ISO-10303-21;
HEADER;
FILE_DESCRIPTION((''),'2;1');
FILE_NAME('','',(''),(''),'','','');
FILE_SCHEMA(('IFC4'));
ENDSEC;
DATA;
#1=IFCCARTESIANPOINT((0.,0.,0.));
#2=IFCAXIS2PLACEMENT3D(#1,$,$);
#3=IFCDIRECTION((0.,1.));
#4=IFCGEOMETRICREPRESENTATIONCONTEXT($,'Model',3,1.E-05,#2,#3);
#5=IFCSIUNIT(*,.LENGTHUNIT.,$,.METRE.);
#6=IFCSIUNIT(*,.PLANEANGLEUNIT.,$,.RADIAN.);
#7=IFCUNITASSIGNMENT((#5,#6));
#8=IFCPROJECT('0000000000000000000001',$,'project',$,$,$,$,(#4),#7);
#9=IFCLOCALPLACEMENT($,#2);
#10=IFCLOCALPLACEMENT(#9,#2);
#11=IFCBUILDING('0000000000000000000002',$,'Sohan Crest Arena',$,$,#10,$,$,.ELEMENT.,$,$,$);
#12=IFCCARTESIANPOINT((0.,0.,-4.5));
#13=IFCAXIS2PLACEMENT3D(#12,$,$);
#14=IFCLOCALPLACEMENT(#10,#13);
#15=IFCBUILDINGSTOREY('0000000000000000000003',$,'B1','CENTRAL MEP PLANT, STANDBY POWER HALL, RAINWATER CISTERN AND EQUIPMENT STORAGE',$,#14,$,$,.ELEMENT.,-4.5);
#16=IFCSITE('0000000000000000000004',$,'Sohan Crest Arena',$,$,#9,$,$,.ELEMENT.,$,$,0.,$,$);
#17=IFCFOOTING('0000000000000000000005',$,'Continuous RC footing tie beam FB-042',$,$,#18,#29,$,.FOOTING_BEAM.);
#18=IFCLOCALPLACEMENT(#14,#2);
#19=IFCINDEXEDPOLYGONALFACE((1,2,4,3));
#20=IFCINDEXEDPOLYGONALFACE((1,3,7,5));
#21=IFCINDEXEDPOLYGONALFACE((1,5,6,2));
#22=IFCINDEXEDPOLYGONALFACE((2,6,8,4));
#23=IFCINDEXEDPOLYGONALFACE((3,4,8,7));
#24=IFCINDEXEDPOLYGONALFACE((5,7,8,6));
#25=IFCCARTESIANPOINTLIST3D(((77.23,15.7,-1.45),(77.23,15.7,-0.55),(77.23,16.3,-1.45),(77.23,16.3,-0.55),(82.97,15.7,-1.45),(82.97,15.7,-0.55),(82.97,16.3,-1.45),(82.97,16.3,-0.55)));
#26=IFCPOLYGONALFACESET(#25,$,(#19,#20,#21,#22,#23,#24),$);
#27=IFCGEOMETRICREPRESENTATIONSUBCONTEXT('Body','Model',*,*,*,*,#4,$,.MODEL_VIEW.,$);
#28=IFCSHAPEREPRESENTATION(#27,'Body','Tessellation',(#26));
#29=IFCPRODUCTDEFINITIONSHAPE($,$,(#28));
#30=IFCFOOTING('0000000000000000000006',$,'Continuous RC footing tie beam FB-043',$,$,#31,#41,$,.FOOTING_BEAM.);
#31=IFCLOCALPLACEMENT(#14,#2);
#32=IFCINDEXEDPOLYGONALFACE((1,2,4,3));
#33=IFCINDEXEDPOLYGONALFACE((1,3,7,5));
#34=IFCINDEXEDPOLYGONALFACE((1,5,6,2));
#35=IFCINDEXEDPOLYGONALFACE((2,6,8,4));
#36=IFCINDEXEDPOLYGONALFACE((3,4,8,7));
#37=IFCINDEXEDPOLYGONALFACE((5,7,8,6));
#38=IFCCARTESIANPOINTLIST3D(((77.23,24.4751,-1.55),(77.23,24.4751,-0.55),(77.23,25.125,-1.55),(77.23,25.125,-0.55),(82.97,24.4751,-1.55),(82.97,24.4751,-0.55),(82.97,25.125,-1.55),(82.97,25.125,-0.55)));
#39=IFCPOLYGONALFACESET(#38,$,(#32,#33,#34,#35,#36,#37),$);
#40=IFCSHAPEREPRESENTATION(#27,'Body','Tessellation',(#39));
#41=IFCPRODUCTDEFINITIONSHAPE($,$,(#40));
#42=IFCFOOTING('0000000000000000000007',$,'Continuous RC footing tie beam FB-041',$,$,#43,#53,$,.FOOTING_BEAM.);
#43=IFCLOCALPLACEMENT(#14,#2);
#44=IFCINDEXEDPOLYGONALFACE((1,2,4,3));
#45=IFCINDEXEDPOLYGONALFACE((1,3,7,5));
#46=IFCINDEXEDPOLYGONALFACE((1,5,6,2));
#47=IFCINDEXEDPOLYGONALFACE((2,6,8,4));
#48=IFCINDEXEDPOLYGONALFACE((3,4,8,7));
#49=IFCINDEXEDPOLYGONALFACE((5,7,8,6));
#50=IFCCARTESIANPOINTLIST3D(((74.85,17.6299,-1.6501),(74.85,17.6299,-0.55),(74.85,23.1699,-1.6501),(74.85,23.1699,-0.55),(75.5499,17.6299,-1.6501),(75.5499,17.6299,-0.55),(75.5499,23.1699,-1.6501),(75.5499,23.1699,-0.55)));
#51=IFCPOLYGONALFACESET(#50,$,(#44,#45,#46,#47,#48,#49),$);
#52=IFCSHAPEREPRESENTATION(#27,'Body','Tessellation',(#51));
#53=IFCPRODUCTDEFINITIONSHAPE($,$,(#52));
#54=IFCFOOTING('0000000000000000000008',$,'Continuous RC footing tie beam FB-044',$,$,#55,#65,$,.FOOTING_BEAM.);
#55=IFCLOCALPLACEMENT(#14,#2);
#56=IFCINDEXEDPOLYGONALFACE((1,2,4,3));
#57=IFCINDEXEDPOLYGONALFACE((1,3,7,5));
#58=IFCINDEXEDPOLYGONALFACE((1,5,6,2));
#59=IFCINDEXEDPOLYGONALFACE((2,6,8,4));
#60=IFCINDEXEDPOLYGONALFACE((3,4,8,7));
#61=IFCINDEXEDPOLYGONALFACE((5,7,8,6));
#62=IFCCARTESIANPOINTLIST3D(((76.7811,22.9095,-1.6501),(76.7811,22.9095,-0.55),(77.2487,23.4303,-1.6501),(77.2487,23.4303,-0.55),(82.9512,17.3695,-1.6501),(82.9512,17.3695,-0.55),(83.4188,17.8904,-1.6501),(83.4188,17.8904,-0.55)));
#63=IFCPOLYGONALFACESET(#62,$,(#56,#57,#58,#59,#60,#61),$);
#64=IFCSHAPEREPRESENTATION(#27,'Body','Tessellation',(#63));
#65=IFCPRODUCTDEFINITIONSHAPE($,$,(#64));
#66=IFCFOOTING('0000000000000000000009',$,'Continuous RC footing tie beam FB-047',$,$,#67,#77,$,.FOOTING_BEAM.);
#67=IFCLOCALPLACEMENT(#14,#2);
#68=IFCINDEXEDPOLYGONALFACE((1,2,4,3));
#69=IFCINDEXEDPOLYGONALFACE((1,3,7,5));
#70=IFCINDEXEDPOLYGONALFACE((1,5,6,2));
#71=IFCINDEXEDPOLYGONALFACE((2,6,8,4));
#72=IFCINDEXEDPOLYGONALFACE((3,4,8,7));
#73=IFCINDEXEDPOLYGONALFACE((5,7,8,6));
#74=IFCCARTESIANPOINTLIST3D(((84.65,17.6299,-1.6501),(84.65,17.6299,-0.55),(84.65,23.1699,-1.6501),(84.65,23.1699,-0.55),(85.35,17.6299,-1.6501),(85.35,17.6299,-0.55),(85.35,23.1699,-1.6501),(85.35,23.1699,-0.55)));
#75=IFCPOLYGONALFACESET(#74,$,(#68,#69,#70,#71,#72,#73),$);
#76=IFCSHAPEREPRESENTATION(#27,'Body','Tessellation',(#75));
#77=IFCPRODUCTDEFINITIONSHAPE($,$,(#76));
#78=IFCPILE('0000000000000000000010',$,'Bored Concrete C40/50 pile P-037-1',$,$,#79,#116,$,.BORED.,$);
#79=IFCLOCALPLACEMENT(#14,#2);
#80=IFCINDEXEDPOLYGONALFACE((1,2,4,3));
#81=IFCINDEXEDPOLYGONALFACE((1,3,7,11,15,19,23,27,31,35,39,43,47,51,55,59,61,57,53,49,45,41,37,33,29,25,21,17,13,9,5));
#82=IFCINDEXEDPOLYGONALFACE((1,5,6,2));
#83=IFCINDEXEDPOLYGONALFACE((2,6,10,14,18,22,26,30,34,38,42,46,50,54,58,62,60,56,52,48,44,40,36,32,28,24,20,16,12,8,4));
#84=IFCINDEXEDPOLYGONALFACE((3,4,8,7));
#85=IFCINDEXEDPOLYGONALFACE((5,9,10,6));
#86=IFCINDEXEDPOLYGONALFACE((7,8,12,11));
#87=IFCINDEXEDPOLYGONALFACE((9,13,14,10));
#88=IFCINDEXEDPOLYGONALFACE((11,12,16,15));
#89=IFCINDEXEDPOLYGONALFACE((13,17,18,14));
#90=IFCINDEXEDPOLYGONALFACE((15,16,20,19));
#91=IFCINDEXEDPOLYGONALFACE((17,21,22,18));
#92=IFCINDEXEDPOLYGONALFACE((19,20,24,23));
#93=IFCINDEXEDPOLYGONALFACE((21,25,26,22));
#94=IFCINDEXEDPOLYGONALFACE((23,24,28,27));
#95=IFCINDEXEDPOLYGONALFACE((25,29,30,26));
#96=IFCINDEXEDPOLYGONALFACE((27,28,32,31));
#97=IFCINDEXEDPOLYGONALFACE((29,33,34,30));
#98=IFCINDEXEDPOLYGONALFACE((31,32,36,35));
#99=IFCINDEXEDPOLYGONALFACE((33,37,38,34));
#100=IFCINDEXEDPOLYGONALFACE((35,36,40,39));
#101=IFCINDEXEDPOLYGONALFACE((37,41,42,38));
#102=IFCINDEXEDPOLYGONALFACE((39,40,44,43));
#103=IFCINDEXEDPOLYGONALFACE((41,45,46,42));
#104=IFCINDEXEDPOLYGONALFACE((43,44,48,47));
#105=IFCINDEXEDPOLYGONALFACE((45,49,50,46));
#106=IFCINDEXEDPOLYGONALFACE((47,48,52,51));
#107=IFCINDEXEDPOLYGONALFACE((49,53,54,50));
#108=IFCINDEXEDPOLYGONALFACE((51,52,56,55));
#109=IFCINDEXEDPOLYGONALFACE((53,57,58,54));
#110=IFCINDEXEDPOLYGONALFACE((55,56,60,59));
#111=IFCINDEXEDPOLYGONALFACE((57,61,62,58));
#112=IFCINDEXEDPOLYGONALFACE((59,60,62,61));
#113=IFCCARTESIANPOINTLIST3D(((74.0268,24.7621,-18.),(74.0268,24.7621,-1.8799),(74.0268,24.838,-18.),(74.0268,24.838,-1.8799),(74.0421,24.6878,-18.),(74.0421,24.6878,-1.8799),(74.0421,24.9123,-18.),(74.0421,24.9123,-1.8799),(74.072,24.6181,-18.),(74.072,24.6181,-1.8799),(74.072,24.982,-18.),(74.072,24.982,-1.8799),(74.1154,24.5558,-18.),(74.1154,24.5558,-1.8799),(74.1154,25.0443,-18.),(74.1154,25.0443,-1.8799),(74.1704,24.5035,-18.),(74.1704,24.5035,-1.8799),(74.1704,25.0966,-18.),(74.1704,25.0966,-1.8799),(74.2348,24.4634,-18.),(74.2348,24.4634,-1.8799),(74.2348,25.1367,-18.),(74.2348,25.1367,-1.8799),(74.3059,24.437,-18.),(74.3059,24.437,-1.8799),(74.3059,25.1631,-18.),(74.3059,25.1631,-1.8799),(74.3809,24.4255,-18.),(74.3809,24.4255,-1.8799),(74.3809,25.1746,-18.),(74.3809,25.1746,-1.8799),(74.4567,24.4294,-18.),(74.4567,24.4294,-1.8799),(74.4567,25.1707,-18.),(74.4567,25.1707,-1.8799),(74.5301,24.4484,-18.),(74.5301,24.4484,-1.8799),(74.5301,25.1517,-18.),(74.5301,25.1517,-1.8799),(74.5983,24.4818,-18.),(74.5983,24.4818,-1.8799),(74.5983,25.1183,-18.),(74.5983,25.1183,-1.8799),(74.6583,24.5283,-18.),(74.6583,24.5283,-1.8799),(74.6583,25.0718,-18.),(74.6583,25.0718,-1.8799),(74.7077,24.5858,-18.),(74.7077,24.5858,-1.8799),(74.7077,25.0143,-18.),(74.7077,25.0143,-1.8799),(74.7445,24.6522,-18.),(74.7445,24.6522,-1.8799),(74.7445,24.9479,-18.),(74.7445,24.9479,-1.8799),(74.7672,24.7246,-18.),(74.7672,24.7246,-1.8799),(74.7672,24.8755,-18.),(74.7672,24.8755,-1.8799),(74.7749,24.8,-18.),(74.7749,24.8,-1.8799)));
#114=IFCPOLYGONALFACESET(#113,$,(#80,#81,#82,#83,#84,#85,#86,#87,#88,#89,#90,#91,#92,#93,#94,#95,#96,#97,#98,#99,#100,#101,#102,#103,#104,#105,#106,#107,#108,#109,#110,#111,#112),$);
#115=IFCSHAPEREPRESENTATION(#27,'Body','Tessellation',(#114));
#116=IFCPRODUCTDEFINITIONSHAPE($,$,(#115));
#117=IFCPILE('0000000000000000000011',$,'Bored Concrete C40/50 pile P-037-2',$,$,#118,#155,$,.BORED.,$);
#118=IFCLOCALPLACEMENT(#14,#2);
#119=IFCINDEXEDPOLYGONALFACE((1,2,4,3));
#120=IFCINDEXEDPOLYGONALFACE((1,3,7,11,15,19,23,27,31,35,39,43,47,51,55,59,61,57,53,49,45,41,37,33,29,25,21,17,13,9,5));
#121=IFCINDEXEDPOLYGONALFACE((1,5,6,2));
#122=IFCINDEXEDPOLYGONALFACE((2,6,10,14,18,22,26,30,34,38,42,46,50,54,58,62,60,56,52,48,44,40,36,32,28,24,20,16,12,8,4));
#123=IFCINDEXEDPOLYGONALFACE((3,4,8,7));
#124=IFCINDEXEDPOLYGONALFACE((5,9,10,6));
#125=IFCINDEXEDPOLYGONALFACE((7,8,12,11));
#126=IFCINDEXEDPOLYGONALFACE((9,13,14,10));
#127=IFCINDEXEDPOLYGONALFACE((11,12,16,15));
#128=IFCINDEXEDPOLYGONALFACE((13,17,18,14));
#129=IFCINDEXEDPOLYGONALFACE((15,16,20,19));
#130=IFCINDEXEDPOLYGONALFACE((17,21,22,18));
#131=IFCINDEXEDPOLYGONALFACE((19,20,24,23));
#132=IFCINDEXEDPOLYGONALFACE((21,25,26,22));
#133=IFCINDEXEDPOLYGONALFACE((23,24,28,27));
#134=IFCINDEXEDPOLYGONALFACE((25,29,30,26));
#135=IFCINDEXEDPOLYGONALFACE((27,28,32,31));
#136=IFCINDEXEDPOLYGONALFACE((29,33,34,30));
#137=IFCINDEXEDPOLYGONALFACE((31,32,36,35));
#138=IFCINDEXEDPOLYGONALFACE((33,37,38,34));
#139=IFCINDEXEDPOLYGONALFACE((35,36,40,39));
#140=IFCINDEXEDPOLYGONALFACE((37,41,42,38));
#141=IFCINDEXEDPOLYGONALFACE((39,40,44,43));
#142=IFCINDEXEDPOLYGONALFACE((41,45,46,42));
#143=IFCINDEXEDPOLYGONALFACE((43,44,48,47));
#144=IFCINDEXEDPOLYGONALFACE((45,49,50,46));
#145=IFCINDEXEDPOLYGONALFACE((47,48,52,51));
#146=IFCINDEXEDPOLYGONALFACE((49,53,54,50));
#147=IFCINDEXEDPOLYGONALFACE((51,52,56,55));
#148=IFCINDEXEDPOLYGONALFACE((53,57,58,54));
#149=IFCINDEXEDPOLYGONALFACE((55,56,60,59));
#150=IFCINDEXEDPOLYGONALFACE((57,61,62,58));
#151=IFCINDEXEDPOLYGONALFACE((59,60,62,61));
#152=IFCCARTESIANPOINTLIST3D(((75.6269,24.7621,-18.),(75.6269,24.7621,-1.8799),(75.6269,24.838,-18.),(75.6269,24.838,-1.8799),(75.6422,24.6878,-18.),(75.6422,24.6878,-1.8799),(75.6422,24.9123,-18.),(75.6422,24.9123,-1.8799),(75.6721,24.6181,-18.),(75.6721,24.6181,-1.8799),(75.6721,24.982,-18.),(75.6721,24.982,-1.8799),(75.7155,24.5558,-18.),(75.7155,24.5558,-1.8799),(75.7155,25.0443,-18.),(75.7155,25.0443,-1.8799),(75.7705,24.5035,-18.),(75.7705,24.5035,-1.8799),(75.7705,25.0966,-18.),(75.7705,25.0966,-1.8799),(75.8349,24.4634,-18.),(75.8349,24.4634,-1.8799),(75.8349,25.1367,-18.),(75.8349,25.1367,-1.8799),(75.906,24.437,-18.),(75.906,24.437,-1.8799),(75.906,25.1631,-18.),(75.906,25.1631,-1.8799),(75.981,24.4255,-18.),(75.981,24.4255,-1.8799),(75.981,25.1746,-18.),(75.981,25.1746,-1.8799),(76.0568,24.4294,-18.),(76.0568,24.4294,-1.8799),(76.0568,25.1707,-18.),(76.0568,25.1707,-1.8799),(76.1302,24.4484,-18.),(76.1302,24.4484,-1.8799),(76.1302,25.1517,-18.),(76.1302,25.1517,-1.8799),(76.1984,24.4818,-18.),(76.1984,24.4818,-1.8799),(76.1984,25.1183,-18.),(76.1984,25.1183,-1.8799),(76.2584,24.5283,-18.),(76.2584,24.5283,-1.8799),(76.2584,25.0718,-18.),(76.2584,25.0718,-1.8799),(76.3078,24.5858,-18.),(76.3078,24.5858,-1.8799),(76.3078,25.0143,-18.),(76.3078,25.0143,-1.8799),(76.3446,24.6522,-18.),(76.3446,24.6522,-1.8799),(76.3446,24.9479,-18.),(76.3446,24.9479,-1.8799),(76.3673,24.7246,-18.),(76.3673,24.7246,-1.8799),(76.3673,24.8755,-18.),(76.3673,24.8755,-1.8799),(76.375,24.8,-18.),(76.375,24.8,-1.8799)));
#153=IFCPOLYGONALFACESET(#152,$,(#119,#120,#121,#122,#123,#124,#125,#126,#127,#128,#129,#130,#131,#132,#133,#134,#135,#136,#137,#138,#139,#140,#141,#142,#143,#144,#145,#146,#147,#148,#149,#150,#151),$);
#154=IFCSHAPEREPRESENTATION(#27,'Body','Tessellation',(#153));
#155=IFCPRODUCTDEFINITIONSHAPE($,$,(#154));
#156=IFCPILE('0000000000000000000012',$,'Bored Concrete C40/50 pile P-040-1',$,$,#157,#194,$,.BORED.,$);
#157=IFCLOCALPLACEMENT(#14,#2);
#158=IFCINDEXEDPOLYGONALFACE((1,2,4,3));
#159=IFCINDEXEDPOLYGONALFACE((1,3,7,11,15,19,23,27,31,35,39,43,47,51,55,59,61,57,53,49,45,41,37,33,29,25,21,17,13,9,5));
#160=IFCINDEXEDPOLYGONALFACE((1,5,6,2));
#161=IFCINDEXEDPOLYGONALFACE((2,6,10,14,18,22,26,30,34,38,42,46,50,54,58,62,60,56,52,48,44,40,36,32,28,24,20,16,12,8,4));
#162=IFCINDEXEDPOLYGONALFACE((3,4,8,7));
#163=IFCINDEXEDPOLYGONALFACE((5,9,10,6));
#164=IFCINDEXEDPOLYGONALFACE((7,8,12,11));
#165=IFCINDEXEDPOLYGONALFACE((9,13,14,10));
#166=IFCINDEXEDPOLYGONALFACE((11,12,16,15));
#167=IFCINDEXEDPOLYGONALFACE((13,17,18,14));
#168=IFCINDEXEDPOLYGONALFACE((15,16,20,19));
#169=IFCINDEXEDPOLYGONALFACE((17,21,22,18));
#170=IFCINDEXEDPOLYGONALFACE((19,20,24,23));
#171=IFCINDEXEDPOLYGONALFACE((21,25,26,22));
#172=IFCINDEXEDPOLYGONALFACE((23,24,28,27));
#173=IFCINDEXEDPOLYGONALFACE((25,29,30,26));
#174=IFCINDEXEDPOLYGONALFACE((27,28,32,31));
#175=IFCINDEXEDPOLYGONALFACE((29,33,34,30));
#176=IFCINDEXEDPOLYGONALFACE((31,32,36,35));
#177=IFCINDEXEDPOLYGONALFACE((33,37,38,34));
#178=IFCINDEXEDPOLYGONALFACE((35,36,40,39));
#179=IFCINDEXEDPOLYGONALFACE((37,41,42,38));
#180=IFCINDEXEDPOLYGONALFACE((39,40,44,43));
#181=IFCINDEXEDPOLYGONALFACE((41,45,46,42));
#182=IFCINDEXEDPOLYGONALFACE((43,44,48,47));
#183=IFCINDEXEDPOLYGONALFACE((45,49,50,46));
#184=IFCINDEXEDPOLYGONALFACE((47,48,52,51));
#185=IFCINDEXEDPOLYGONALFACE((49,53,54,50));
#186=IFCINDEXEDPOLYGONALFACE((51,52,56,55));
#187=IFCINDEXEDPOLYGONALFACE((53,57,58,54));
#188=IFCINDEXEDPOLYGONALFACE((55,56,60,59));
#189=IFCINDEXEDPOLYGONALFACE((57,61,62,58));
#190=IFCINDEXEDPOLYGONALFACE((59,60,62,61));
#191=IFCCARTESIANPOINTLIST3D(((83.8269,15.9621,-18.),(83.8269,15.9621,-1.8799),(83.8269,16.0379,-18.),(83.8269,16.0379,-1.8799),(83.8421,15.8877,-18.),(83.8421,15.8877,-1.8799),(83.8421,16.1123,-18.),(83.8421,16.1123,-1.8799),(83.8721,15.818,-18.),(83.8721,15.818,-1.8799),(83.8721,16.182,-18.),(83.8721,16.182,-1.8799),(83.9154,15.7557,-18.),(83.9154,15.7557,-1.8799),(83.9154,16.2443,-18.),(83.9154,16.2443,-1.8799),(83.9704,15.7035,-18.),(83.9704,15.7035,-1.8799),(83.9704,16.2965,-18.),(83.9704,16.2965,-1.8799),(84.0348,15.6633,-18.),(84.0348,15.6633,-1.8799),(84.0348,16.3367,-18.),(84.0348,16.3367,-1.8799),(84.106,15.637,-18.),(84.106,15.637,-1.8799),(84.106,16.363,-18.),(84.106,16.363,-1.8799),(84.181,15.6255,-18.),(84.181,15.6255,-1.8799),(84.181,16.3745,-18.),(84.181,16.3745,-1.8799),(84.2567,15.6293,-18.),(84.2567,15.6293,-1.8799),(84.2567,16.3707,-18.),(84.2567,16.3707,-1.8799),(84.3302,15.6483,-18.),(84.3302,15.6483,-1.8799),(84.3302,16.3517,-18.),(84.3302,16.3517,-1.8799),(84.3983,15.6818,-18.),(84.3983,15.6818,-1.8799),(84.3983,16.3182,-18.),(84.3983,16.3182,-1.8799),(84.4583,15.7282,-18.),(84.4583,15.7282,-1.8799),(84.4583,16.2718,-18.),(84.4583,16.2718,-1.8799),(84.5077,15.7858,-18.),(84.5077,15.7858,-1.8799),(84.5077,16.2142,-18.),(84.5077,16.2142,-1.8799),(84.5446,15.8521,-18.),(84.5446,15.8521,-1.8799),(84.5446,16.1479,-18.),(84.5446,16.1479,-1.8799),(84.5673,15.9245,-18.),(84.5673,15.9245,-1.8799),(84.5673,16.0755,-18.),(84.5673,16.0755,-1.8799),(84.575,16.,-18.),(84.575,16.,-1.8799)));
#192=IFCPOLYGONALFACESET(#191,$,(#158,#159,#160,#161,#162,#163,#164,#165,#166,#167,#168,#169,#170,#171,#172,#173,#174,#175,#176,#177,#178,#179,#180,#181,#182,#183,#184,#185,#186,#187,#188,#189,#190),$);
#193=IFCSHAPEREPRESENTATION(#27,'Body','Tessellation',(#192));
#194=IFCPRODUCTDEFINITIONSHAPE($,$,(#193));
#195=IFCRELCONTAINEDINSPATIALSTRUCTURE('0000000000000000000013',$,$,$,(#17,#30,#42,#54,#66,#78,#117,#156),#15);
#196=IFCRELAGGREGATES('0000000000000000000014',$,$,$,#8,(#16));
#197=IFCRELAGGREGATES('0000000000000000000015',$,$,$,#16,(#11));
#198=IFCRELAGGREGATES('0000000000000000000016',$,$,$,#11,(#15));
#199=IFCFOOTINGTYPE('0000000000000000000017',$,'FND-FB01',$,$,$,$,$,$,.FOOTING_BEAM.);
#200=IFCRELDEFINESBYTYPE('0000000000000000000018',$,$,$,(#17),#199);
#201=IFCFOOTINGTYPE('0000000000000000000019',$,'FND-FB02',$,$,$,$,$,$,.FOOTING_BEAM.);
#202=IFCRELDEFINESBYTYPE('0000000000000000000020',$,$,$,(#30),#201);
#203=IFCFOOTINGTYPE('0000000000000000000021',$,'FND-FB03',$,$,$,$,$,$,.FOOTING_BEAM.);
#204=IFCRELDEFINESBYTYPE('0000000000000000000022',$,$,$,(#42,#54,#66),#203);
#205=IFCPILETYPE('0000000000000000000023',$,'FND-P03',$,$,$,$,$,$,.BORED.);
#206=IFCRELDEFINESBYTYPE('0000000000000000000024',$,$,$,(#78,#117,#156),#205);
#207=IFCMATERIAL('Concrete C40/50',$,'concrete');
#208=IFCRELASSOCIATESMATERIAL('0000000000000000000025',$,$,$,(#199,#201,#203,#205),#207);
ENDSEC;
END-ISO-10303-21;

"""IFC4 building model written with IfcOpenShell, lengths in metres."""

from ifc_helpers import new_model, si_unit, direction, frame, origin, origin_2d, place, context, subcontext, project, spatial, rectangle, circle, extrude, material, material_profile, profile_set, type_object, element, save


model = new_model("IFC4")

# Units and contexts
model_context = context("Model", 3, precision=1e-05, world=origin(), true_north=direction((0.0, 1.0)))
body_context = subcontext(model_context, "Body", "Model", "MODEL_VIEW")
ifc_project = project(units=[si_unit("LENGTHUNIT", "METRE"), si_unit("PLANEANGLEUNIT", "RADIAN")], contexts=[model_context])

# Site, building, storey
site_placement = place(None, origin())
site = spatial("IfcSite", under=ifc_project, at=site_placement, Name="Sohan Crest Arena", CompositionType="ELEMENT", RefElevation=0.0)
building_placement = place(site_placement, origin())
building = spatial("IfcBuilding", under=site, at=building_placement, Name="Sohan Crest Arena", CompositionType="ELEMENT")
storey_placement = place(building_placement, frame((0.0, 0.0, -4.5)))
storey = spatial("IfcBuildingStorey", under=building, at=storey_placement, Name="B1", Description="CENTRAL MEP PLANT, STANDBY POWER HALL, RAINWATER CISTERN AND EQUIPMENT STORAGE", CompositionType="ELEMENT", Elevation=-4.5)

# Footings
ifc_material_1 = material(Name="Concrete C40/50", Category="concrete")
ifc_material_profile_1 = material_profile(ifc_material_1, rectangle(XDim=0.6001, YDim=0.8999, at=origin_2d()), Name="RC-FB 600x900")
ifc_profile_set_1 = profile_set([ifc_material_profile_1], Name="Concrete C40/50")
footing_type_1 = type_object("IfcFootingType", Name="FND-FB01", PredefinedType="FOOTING_BEAM", material=ifc_profile_set_1)
footing_1_placement = place(storey_placement, frame((77.23, 16.0, -1.0), z_axis=(1.0, 0.0, 0.0), x_axis=(0.0, 1.0, 0.0)))
element("IfcFooting", 1, at=footing_1_placement, inside=storey, type_object=footing_type_1, Name="Continuous RC footing tie beam FB-042", PredefinedType="FOOTING_BEAM", context=body_context, shape_type="SweptSolid", body=[
    extrude(rectangle(XDim=0.6001, YDim=0.8999, at=origin_2d()), origin(), (0.0, 0.0, 1.0), 5.74),
])
ifc_material_profile_2 = material_profile(ifc_material_1, rectangle(XDim=0.6499, YDim=1.0, at=origin_2d()), Name="RC-FB 650x1000")
ifc_profile_set_2 = profile_set([ifc_material_profile_2], Name="Concrete C40/50")
footing_type_2 = type_object("IfcFootingType", Name="FND-FB02", PredefinedType="FOOTING_BEAM", material=ifc_profile_set_2)
footing_2_placement = place(storey_placement, frame((77.23, 24.8, -1.05), z_axis=(1.0, 0.0, 0.0), x_axis=(0.0, 1.0, 0.0)))
element("IfcFooting", 2, at=footing_2_placement, inside=storey, type_object=footing_type_2, Name="Continuous RC footing tie beam FB-043", PredefinedType="FOOTING_BEAM", context=body_context, shape_type="SweptSolid", body=[
    extrude(rectangle(XDim=0.6499, YDim=1.0, at=origin_2d()), origin(), (0.0, 0.0, 1.0), 5.74),
])
ifc_material_profile_3 = material_profile(ifc_material_1, rectangle(XDim=0.7, YDim=1.1001, at=origin_2d()), Name="RC-FB 700x1100")
ifc_profile_set_3 = profile_set([ifc_material_profile_3], Name="Concrete C40/50")
footing_type_3 = type_object("IfcFootingType", Name="FND-FB03", PredefinedType="FOOTING_BEAM", material=ifc_profile_set_3)
footing_3_placement = place(storey_placement, frame((75.2, 17.6299, -1.1001), z_axis=(0.0, 1.0, 0.0), x_axis=(-1.0, 0.0, 0.0)))
element("IfcFooting", 3, at=footing_3_placement, inside=storey, type_object=footing_type_3, Name="Continuous RC footing tie beam FB-041", PredefinedType="FOOTING_BEAM", context=body_context, shape_type="SweptSolid", body=[
    extrude(rectangle(XDim=0.7, YDim=1.1001, at=origin_2d()), origin(), (0.0, 0.0, 1.0), 5.54),
])
footing_4_placement = place(storey_placement, frame((77.0149, 23.1699, -1.1001), z_axis=(0.74408, -0.668091, 0.0), x_axis=(0.668091, 0.74408, 0.0)))
element("IfcFooting", 4, at=footing_4_placement, inside=storey, type_object=footing_type_3, Name="Continuous RC footing tie beam FB-044", PredefinedType="FOOTING_BEAM", context=body_context, shape_type="SweptSolid", body=[
    extrude(rectangle(XDim=0.7, YDim=1.1001, at=origin_2d()), origin(), (0.0, 0.0, 1.0), 8.2922),
])
footing_5_placement = place(storey_placement, frame((85.0, 17.6299, -1.1001), z_axis=(0.0, 1.0, 0.0), x_axis=(-1.0, 0.0, 0.0)))
element("IfcFooting", 5, at=footing_5_placement, inside=storey, type_object=footing_type_3, Name="Continuous RC footing tie beam FB-047", PredefinedType="FOOTING_BEAM", context=body_context, shape_type="SweptSolid", body=[
    extrude(rectangle(XDim=0.7, YDim=1.1001, at=origin_2d()), origin(), (0.0, 0.0, 1.0), 5.54),
])

# Piles
ifc_material_profile_4 = material_profile(ifc_material_1, circle(Radius=0.375, at=origin_2d()), Name="PILE D750")
ifc_profile_set_4 = profile_set([ifc_material_profile_4], Name="Concrete C40/50")
pile_type = type_object("IfcPileType", Name="FND-P03", PredefinedType="BORED", material=ifc_profile_set_4)
for number, where, z_axis, x_axis, name in (
    (6, (74.3999, 24.8, -18.0), (0.0, 0.0, 1.0), (1.0, 0.0, 0.0), "Bored Concrete C40/50 pile P-037-1"),
    (7, (76.0, 24.8, -18.0), (0.0, 0.0, 1.0), (1.0, 0.0, 0.0), "Bored Concrete C40/50 pile P-037-2"),
    (8, (84.2, 16.0, -18.0), (0.0, 0.0, 1.0), (1.0, 0.0, 0.0), "Bored Concrete C40/50 pile P-040-1"),
):
    element("IfcPile", number, at=place(storey_placement, frame(where, z_axis=z_axis, x_axis=x_axis)), inside=storey, type_object=pile_type, Name=name, PredefinedType="BORED", context=body_context, shape_type="SweptSolid", body=[
        extrude(circle(Radius=0.375, at=origin_2d()), origin(), (0.0, 0.0, 1.0), 16.1201),
    ])

save(model, "model.ifc")
